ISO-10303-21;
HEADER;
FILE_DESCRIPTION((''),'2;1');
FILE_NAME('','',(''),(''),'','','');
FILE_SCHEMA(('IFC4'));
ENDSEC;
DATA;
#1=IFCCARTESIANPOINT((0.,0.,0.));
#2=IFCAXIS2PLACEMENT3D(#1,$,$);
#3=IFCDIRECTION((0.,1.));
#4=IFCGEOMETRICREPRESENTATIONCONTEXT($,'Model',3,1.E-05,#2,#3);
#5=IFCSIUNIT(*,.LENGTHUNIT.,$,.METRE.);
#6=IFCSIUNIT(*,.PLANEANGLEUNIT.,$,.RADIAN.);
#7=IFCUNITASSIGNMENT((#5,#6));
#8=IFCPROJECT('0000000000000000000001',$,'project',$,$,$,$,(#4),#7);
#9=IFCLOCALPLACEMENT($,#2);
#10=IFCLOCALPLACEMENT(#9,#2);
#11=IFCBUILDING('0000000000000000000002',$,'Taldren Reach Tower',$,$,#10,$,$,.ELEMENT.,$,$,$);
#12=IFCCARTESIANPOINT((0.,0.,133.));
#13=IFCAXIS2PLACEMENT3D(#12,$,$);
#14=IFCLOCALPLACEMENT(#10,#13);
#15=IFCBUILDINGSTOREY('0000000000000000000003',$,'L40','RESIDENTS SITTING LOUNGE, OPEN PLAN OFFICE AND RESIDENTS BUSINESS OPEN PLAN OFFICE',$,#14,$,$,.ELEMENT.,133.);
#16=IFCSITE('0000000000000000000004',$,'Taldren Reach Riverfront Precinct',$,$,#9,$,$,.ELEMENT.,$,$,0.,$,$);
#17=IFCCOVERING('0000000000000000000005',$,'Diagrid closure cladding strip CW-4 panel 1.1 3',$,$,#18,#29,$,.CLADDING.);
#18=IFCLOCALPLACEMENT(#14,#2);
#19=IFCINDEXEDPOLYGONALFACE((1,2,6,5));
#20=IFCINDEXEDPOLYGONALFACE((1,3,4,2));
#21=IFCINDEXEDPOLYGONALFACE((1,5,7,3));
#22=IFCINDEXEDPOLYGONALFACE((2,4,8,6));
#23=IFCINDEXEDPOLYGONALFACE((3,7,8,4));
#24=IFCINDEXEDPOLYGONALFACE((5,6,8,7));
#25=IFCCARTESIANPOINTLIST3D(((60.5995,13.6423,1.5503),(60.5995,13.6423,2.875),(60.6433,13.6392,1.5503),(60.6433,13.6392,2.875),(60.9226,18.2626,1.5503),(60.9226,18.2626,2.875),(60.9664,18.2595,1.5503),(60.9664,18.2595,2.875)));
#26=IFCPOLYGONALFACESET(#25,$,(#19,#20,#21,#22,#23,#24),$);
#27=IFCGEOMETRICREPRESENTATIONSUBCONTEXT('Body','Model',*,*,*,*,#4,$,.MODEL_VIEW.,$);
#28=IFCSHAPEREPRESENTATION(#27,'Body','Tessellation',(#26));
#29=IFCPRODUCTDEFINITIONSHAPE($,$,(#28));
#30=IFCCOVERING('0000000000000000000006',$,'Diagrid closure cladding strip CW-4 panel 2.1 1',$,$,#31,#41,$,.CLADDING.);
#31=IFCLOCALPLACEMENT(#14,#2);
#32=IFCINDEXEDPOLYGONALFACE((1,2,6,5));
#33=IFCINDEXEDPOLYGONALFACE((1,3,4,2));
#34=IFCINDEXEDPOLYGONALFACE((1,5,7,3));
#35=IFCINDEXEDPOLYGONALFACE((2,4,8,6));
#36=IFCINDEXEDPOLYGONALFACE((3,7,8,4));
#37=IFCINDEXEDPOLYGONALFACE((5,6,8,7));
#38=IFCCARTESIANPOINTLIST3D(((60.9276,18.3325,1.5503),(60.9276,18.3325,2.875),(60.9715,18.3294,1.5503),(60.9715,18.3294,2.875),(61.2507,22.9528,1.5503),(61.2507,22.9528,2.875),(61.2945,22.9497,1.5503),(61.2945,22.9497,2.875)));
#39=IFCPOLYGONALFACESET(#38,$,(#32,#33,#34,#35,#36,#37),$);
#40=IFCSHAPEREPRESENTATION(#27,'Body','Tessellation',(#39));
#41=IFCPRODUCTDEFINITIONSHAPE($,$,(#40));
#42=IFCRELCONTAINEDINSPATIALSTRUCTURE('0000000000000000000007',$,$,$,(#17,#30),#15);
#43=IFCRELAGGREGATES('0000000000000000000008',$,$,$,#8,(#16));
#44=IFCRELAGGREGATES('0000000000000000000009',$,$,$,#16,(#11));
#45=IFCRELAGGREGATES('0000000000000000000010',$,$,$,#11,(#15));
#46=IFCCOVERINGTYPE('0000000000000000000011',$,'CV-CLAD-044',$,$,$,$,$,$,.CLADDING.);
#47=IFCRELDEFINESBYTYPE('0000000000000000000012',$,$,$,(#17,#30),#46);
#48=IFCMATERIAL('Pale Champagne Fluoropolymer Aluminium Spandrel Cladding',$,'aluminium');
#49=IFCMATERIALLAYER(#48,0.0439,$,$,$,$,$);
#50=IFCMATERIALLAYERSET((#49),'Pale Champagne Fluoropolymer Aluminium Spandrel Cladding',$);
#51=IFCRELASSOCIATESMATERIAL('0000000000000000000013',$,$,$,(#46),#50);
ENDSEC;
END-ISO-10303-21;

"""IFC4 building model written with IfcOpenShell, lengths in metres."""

from ifc_helpers import new_model, si_unit, direction, frame, origin, origin_2d, place, context, subcontext, project, spatial, rectangle, extrude, source, transform, mapped, material, layer, layer_set, type_object, element, save


model = new_model("IFC4")

# Units and contexts
model_context = context("Model", 3, precision=1e-05, world=origin(), true_north=direction((0.0, 1.0)))
body_context = subcontext(model_context, "Body", "Model", "MODEL_VIEW")
ifc_project = project(units=[si_unit("LENGTHUNIT", "METRE"), si_unit("PLANEANGLEUNIT", "RADIAN")], contexts=[model_context])

# Site, building, storey
site_placement = place(None, origin())
site = spatial("IfcSite", under=ifc_project, at=site_placement, Name="Taldren Reach Riverfront Precinct", CompositionType="ELEMENT", RefElevation=0.0)
building_placement = place(site_placement, origin())
building = spatial("IfcBuilding", under=site, at=building_placement, Name="Taldren Reach Tower", CompositionType="ELEMENT")
storey_placement = place(building_placement, frame((0.0, 0.0, 133.0)))
storey = spatial("IfcBuildingStorey", under=building, at=storey_placement, Name="L40", Description="RESIDENTS SITTING LOUNGE, OPEN PLAN OFFICE AND RESIDENTS BUSINESS OPEN PLAN OFFICE", CompositionType="ELEMENT", Elevation=133.0)

# Coverings
ifc_material_1 = material(Name="Pale Champagne Fluoropolymer Aluminium Spandrel Cladding", Category="aluminium")
ifc_layer_1 = layer(ifc_material_1, 0.0439)
ifc_layer_set_1 = layer_set([ifc_layer_1], Name="Pale Champagne Fluoropolymer Aluminium Spandrel Cladding")
covering_type = type_object("IfcCoveringType", Name="CV-CLAD-044", PredefinedType="CLADDING", material=ifc_layer_set_1)
shared_shape_1 = source(origin(), body_context, "Body", "SweptSolid", [
    extrude(rectangle(XDim=4.6316, YDim=0.0439, at=origin_2d()), origin(), (0.0, 0.0, 1.0), 1.3247),
])
for number, where, z_axis, x_axis, name in (
    (1, (60.783, 15.9509, 1.5503), (0.0, 0.0, 1.0), (0.069756, 0.997564, 0.0), "Diagrid closure cladding strip CW-4 panel 1.1 3"),
    (2, (61.1111, 20.6411, 1.5503), (0.0, 0.0, 1.0), (0.069756, 0.997564, 0.0), "Diagrid closure cladding strip CW-4 panel 2.1 1"),
):
    element("IfcCovering", number, at=place(storey_placement, frame(where, z_axis=z_axis, x_axis=x_axis)), inside=storey, type_object=covering_type, Name=name, PredefinedType="CLADDING", context=body_context, shape_type="MappedRepresentation", body=[
        mapped(shared_shape_1, transform((0.0, 0.0, 0.0), scale=1.0)),
    ])

save(model, "model.ifc")
